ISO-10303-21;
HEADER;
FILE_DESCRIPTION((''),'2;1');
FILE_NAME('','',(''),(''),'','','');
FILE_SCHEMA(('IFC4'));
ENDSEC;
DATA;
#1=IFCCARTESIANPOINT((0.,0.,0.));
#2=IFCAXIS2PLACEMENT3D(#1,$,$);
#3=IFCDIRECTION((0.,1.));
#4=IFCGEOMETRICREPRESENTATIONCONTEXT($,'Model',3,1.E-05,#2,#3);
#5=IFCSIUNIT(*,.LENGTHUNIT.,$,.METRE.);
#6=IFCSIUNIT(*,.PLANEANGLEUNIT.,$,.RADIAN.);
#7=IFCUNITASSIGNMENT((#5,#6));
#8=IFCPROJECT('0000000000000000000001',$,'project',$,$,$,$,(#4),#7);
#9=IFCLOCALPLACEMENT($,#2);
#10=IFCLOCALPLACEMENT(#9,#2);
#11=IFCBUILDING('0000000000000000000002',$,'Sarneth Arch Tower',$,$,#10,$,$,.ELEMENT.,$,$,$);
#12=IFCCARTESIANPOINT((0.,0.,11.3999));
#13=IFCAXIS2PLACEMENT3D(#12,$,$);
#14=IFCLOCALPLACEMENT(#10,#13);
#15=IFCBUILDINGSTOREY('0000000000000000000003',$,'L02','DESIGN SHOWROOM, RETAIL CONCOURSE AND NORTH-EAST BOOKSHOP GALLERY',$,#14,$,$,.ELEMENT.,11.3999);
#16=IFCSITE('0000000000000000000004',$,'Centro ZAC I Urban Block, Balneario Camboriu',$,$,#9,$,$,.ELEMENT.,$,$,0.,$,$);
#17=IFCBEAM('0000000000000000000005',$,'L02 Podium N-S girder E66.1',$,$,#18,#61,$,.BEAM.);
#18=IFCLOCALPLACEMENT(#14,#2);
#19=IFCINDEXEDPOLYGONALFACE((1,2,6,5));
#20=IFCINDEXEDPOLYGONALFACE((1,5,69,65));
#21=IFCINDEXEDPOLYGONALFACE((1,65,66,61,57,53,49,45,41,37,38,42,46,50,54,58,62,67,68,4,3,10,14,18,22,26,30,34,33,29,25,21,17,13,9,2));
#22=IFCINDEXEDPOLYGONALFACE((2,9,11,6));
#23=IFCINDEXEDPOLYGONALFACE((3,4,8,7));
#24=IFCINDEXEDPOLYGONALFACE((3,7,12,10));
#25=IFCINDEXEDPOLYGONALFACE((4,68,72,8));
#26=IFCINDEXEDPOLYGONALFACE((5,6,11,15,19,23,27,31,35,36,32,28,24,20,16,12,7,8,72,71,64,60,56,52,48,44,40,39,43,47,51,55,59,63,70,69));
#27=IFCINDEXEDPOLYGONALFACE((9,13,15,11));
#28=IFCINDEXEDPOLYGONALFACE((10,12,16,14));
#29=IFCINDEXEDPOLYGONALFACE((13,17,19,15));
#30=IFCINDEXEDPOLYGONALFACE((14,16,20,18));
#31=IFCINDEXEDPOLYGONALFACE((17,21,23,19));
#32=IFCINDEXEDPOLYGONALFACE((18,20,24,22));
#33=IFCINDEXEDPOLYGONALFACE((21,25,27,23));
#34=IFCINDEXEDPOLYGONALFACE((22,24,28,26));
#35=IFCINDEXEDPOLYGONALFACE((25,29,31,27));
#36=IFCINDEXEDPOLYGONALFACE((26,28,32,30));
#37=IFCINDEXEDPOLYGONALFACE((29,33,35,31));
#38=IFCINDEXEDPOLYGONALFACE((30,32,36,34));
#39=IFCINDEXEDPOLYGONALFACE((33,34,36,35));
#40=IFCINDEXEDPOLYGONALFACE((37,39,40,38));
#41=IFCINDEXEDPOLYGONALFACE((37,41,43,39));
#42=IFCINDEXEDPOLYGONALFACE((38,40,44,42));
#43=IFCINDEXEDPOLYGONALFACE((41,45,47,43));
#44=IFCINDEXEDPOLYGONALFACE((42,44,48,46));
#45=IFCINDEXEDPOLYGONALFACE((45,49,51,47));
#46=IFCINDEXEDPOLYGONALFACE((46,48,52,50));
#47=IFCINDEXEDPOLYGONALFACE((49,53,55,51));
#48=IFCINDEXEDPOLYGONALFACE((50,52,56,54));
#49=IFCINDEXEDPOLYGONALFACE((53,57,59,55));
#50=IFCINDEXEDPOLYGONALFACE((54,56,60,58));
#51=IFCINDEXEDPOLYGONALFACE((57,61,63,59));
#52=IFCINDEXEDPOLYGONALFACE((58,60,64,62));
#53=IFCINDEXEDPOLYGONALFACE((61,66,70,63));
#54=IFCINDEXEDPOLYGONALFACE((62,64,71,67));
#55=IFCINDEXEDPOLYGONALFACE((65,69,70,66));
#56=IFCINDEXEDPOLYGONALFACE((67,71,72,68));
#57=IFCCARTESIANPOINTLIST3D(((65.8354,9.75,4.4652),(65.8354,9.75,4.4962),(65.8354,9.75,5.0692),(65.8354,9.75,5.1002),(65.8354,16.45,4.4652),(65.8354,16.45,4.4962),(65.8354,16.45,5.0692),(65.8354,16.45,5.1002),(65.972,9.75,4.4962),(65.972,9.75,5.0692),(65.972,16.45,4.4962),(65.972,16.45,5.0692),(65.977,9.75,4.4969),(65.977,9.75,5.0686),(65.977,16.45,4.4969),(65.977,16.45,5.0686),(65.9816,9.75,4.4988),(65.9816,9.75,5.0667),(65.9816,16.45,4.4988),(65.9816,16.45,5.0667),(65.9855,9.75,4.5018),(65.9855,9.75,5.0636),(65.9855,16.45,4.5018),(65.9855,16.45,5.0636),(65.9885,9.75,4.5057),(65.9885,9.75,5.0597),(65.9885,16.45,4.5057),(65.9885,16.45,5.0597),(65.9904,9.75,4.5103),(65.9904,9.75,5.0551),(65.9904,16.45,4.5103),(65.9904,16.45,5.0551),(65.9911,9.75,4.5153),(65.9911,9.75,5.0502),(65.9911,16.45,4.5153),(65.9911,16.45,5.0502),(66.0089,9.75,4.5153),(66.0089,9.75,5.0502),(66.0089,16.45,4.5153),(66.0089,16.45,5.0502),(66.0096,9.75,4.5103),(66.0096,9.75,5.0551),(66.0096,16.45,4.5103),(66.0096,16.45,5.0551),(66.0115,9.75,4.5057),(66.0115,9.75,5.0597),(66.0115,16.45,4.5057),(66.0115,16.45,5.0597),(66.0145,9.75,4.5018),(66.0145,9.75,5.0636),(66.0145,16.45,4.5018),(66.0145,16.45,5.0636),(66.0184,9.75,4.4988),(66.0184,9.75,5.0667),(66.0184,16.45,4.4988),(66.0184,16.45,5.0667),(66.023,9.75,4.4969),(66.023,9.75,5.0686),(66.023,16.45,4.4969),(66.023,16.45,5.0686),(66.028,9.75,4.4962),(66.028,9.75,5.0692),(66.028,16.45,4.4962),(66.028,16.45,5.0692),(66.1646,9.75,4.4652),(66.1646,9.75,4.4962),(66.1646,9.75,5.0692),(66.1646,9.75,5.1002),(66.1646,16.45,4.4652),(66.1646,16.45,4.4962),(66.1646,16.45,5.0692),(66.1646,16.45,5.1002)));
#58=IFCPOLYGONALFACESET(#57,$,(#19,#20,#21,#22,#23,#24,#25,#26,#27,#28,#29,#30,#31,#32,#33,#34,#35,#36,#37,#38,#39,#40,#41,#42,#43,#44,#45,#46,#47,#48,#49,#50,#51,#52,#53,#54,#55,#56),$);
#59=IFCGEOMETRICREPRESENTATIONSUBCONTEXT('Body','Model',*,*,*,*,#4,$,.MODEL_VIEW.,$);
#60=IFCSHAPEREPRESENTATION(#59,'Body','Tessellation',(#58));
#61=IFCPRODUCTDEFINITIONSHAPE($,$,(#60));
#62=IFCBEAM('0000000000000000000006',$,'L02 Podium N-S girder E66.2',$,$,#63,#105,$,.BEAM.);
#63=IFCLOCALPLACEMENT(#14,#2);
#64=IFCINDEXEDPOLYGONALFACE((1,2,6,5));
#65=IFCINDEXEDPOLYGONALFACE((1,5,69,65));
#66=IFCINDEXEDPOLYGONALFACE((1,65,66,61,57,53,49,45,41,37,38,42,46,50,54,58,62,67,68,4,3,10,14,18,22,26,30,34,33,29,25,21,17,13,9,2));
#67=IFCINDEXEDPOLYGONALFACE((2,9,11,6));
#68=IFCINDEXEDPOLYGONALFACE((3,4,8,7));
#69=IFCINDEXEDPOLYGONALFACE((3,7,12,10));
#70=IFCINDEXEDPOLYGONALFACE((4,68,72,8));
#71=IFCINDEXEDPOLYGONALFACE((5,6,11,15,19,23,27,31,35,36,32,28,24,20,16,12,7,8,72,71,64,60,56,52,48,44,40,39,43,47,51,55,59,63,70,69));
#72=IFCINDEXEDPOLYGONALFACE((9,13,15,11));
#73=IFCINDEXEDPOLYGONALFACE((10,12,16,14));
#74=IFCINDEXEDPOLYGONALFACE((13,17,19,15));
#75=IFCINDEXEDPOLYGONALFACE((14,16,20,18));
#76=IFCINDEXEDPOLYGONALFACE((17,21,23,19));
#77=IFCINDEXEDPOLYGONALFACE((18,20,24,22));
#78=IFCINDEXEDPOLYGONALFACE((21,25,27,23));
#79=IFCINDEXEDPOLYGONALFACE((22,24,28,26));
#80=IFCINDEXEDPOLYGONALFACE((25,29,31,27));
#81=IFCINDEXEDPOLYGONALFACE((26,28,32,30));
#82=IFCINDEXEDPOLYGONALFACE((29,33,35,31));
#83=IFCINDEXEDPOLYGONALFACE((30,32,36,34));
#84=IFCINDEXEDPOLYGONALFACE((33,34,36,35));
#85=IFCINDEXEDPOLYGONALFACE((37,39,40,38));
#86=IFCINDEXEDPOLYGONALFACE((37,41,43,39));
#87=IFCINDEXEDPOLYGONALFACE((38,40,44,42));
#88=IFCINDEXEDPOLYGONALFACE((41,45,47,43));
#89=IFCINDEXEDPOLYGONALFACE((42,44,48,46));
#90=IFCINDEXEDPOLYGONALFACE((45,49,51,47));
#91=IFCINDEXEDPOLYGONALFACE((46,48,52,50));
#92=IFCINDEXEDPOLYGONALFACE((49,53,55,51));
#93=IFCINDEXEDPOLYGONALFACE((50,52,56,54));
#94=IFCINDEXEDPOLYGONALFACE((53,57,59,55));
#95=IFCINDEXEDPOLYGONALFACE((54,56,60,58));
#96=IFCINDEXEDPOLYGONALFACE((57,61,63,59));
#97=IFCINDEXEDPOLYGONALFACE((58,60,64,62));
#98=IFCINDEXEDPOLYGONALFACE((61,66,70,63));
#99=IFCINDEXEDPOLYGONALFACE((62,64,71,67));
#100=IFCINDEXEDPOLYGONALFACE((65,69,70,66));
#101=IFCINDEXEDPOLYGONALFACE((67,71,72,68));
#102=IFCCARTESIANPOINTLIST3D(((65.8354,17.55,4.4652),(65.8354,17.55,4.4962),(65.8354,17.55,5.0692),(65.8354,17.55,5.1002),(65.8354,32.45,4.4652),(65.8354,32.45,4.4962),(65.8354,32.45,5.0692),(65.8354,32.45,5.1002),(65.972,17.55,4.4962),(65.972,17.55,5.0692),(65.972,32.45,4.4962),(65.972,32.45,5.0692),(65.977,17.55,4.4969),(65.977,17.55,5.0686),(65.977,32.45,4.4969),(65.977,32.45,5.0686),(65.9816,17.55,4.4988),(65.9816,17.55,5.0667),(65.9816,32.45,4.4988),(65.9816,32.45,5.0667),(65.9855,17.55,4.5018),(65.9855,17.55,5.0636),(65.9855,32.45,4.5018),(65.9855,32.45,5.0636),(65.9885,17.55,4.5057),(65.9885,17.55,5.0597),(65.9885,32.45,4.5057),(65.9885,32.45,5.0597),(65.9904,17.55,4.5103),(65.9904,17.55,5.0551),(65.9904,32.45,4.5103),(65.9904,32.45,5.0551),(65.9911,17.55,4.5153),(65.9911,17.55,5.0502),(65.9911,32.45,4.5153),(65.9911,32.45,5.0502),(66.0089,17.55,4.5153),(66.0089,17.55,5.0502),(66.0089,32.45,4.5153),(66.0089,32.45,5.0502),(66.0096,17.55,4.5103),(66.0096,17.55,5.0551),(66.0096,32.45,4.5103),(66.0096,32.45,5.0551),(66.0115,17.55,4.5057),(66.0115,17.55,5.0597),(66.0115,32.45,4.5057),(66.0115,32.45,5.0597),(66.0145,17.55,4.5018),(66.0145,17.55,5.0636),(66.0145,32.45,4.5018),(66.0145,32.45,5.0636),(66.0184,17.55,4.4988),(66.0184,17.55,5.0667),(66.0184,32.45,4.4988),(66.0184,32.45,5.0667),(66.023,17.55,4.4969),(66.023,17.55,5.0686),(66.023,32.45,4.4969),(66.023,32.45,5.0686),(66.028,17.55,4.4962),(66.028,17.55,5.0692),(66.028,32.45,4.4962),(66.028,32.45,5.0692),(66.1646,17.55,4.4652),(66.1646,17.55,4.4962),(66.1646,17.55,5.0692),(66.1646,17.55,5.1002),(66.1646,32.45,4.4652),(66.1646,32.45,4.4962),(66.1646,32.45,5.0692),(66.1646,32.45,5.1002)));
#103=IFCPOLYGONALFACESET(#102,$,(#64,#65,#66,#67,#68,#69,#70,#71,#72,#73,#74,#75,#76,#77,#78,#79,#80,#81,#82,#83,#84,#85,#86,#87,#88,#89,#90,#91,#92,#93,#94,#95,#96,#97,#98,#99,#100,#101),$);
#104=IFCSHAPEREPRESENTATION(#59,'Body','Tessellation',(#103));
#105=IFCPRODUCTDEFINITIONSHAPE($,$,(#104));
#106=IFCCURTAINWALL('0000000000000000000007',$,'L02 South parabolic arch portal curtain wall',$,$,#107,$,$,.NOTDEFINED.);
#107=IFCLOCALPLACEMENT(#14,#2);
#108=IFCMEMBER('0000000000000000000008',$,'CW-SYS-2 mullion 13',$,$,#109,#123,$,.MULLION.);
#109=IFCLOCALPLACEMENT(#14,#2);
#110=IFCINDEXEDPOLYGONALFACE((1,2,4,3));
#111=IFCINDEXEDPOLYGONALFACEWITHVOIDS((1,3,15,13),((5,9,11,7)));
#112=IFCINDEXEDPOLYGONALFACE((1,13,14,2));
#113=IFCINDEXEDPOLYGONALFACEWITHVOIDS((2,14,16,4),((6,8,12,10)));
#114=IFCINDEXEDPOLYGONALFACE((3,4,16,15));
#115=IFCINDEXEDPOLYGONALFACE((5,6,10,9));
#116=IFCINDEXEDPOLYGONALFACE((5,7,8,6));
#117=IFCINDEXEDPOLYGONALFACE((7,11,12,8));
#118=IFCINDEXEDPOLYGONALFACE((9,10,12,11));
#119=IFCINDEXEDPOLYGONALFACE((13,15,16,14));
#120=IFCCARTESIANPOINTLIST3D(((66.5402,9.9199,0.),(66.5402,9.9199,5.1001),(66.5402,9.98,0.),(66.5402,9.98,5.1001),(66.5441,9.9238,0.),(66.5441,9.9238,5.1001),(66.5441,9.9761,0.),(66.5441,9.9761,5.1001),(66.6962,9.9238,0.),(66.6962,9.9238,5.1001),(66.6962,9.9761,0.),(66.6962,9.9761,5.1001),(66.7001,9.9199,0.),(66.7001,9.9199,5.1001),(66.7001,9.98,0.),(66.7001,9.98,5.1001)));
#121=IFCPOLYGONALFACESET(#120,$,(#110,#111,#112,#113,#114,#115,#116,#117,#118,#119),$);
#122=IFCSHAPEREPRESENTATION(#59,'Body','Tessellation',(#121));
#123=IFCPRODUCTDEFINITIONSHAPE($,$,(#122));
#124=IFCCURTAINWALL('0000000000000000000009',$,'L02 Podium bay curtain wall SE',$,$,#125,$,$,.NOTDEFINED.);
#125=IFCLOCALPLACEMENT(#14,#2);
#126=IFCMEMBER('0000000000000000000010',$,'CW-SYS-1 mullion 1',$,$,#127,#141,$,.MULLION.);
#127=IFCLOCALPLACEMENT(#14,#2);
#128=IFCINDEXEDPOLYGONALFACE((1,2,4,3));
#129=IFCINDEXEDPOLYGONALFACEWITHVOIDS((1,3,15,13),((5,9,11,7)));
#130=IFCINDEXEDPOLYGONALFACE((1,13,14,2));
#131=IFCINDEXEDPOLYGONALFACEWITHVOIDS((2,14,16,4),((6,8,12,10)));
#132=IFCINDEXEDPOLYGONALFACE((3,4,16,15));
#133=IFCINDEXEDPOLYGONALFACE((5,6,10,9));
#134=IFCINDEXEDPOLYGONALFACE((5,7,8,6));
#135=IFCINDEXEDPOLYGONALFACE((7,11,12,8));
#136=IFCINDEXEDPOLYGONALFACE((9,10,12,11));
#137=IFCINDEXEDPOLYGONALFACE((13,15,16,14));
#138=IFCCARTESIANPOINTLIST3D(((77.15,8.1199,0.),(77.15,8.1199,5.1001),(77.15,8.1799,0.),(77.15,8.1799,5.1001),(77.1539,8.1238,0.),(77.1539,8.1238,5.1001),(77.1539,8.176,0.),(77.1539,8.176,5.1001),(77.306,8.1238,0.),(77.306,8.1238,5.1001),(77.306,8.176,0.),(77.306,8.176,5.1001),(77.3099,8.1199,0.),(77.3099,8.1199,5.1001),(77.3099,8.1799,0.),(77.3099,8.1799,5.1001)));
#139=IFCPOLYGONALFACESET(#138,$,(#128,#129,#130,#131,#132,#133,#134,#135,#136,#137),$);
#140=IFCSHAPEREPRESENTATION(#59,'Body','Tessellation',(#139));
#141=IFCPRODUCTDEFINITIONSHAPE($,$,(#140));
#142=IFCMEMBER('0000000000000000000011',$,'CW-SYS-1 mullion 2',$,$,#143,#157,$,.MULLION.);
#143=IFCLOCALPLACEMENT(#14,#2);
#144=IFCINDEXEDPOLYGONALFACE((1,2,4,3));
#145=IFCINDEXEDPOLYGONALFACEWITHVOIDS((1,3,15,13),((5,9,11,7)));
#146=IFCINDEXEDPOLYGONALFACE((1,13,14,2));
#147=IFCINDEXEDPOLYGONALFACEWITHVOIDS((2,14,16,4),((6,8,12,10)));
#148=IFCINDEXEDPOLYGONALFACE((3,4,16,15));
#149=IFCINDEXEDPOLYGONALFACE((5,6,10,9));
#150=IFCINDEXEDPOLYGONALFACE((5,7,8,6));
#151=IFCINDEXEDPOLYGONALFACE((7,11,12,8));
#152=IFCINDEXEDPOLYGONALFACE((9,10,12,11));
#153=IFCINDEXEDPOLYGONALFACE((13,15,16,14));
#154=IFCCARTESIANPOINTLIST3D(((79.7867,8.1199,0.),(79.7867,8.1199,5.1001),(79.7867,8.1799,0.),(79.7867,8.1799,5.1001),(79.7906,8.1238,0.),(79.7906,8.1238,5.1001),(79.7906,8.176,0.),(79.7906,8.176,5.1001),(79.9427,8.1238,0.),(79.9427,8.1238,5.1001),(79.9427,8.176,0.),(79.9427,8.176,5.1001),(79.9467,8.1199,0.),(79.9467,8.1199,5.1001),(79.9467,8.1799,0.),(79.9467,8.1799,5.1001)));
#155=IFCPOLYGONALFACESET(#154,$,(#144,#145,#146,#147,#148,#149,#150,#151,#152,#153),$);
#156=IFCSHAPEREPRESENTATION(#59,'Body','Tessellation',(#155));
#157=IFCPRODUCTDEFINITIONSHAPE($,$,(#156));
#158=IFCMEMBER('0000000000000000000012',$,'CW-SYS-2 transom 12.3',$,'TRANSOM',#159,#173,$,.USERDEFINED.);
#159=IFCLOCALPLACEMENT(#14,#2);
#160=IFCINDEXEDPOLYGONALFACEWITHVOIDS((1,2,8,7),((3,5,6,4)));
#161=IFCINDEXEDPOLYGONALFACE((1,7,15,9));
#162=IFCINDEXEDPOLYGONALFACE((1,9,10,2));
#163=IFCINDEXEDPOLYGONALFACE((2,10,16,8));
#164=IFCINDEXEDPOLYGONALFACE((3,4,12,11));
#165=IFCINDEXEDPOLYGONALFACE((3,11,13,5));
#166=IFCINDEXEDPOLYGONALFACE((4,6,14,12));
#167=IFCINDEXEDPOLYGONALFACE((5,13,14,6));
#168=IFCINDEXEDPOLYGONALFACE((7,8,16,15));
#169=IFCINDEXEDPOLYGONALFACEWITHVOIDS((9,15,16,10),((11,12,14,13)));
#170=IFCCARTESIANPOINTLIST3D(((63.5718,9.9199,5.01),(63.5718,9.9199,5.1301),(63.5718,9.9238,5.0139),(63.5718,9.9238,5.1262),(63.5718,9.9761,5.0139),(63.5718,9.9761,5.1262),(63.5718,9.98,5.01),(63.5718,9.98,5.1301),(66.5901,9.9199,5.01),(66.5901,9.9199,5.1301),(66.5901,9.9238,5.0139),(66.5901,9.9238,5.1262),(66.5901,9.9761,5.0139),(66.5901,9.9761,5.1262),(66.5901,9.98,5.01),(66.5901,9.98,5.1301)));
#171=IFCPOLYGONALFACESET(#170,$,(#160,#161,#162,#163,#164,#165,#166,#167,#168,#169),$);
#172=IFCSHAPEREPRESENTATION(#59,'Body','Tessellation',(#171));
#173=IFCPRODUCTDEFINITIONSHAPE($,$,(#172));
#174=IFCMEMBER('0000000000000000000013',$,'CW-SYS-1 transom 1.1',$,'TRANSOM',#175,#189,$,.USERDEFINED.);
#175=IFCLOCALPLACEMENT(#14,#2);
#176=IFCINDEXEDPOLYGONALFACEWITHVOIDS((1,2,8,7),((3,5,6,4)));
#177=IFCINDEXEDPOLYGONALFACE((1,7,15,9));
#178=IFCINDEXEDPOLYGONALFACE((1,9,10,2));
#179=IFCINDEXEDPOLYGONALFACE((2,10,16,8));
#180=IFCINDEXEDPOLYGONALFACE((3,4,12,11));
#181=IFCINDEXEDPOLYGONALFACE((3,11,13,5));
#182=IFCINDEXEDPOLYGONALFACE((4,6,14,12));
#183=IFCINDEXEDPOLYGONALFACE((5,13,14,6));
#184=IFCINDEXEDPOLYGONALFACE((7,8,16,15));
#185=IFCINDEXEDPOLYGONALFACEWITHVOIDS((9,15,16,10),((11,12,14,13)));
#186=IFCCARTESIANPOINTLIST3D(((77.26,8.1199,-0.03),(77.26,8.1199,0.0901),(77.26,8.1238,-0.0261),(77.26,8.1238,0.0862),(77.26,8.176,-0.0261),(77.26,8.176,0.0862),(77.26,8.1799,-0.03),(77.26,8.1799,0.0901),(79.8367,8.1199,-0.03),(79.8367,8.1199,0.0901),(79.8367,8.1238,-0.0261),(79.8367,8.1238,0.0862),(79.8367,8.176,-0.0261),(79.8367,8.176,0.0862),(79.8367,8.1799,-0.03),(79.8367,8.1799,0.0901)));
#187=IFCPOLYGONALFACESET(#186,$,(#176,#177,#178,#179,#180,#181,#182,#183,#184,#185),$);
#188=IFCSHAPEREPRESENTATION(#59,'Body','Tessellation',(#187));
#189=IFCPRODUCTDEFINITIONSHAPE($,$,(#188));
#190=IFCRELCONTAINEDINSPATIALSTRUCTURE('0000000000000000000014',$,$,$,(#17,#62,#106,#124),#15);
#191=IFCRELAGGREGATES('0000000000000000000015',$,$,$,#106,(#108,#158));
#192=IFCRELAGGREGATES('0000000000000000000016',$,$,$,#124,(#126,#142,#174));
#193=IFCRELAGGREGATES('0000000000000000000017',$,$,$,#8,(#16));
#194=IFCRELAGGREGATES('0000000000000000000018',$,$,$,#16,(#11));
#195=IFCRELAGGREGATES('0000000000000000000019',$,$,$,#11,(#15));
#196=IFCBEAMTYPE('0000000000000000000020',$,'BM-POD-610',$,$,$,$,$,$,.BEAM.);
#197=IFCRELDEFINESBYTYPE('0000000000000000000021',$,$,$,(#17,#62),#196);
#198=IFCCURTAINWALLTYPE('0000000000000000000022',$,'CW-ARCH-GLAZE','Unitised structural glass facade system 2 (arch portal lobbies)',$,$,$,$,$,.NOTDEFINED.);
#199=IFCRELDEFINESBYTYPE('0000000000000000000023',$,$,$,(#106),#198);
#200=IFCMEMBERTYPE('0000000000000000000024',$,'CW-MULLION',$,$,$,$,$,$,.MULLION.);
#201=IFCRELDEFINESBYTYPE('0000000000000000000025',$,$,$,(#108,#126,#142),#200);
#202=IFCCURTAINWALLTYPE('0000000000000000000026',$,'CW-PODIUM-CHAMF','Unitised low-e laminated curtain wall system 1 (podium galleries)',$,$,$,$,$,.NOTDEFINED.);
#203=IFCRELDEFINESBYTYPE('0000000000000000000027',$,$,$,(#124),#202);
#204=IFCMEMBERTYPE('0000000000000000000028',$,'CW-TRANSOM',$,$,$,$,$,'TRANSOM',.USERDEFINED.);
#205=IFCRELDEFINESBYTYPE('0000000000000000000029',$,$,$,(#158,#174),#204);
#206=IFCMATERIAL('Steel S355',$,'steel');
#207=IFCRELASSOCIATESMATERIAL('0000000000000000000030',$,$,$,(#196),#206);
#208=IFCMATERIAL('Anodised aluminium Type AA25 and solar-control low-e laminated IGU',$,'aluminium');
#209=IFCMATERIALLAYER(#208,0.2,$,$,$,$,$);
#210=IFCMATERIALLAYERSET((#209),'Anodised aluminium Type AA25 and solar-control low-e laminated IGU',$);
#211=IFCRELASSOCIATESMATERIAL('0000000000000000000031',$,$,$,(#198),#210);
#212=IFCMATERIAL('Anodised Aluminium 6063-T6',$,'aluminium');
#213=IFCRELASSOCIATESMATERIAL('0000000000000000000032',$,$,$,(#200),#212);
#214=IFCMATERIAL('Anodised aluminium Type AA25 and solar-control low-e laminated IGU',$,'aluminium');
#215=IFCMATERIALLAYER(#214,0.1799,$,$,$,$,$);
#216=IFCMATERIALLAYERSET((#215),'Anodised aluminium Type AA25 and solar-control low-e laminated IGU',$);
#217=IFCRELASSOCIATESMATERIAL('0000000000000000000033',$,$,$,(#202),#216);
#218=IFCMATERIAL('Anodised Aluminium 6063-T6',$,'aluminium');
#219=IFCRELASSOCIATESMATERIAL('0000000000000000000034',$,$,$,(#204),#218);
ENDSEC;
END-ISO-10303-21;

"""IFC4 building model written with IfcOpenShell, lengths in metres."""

from ifc_helpers import new_model, si_unit, direction, frame, origin, origin_2d, place, context, subcontext, project, spatial, hollow_rectangle, i_section, extrude, material, layer, layer_set, material_profile, profile_set, type_object, element, aggregate, save


model = new_model("IFC4")

# Units and contexts
model_context = context("Model", 3, precision=1e-05, world=origin(), true_north=direction((0.0, 1.0)))
body_context = subcontext(model_context, "Body", "Model", "MODEL_VIEW")
ifc_project = project(units=[si_unit("LENGTHUNIT", "METRE"), si_unit("PLANEANGLEUNIT", "RADIAN")], contexts=[model_context])

# Site, building, storey
site_placement = place(None, origin())
site = spatial("IfcSite", under=ifc_project, at=site_placement, Name="Centro ZAC I Urban Block, Balneario Camboriu", CompositionType="ELEMENT", RefElevation=0.0)
building_placement = place(site_placement, origin())
building = spatial("IfcBuilding", under=site, at=building_placement, Name="Sarneth Arch Tower", CompositionType="ELEMENT")
storey_placement = place(building_placement, frame((0.0, 0.0, 11.3999)))
storey = spatial("IfcBuildingStorey", under=building, at=storey_placement, Name="L02", Description="DESIGN SHOWROOM, RETAIL CONCOURSE AND NORTH-EAST BOOKSHOP GALLERY", CompositionType="ELEMENT", Elevation=11.3999)

# Beams
ifc_material_1 = material(Name="Steel S355", Category="steel")
ifc_material_profile_1 = material_profile(ifc_material_1, i_section(OverallWidth=0.3291, OverallDepth=0.635, WebThickness=0.0178, FlangeThickness=0.031, FilletRadius=0.019, at=origin_2d()), Name="W610x241")
ifc_profile_set_1 = profile_set([ifc_material_profile_1], Name="Steel S355")
beam_type = type_object("IfcBeamType", Name="BM-POD-610", PredefinedType="BEAM", material=ifc_profile_set_1)
beam_1_placement = place(storey_placement, frame((66.0, 9.75, 4.7827), z_axis=(0.0, 1.0, 0.0), x_axis=(-1.0, 0.0, 0.0)))
element("IfcBeam", 1, at=beam_1_placement, inside=storey, type_object=beam_type, Name="L02 Podium N-S girder E66.1", PredefinedType="BEAM", context=body_context, shape_type="SweptSolid", body=[
    extrude(i_section(OverallWidth=0.3291, OverallDepth=0.635, WebThickness=0.0178, FlangeThickness=0.031, FilletRadius=0.019, at=origin_2d()), origin(), (0.0, 0.0, 1.0), 6.7),
])
beam_2_placement = place(storey_placement, frame((66.0, 17.55, 4.7827), z_axis=(0.0, 1.0, 0.0), x_axis=(-1.0, 0.0, 0.0)))
element("IfcBeam", 2, at=beam_2_placement, inside=storey, type_object=beam_type, Name="L02 Podium N-S girder E66.2", PredefinedType="BEAM", context=body_context, shape_type="SweptSolid", body=[
    extrude(i_section(OverallWidth=0.3291, OverallDepth=0.635, WebThickness=0.0178, FlangeThickness=0.031, FilletRadius=0.019, at=origin_2d()), origin(), (0.0, 0.0, 1.0), 14.8999),
])

# Curtain wall, member
ifc_material_2 = material(Name="Anodised aluminium Type AA25 and solar-control low-e laminated IGU", Category="aluminium")
ifc_layer_1 = layer(ifc_material_2, 0.2)
ifc_layer_set_1 = layer_set([ifc_layer_1], Name="Anodised aluminium Type AA25 and solar-control low-e laminated IGU")
curtain_wall_type_1 = type_object("IfcCurtainWallType", Name="CW-ARCH-GLAZE", Description="Unitised structural glass facade system 2 (arch portal lobbies)", PredefinedType="NOTDEFINED", material=ifc_layer_set_1)
curtain_wall_1_placement = place(storey_placement, origin())
curtain_wall_1 = element("IfcCurtainWall", 3, at=curtain_wall_1_placement, inside=storey, type_object=curtain_wall_type_1, Name="L02 South parabolic arch portal curtain wall", PredefinedType="NOTDEFINED")
ifc_material_3 = material(Name="Anodised Aluminium 6063-T6", Category="aluminium")
ifc_material_profile_2 = material_profile(ifc_material_3, hollow_rectangle(XDim=0.0601, YDim=0.1599, WallThickness=0.0039, at=origin_2d()), Name="AL-MULL-160x60x4")
ifc_profile_set_2 = profile_set([ifc_material_profile_2], Name="Anodised Aluminium 6063-T6")
member_type_1 = type_object("IfcMemberType", Name="CW-MULLION", PredefinedType="MULLION", material=ifc_profile_set_2)
member_1_placement = place(storey_placement, frame((66.6201, 9.95, 0.0), z_axis=(0.0, 0.0, 1.0), x_axis=(0.0, 1.0, 0.0)))
member_1 = element("IfcMember", 4, at=member_1_placement, type_object=member_type_1, Name="CW-SYS-2 mullion 13", PredefinedType="MULLION", context=body_context, shape_type="SweptSolid", body=[
    extrude(hollow_rectangle(XDim=0.0601, YDim=0.1599, WallThickness=0.0039, at=origin_2d()), origin(), (0.0, 0.0, 1.0), 5.1001),
])

# Curtain wall, members
ifc_material_4 = material(Name="Anodised aluminium Type AA25 and solar-control low-e laminated IGU", Category="aluminium")
ifc_layer_2 = layer(ifc_material_4, 0.1799)
ifc_layer_set_2 = layer_set([ifc_layer_2], Name="Anodised aluminium Type AA25 and solar-control low-e laminated IGU")
curtain_wall_type_2 = type_object("IfcCurtainWallType", Name="CW-PODIUM-CHAMF", Description="Unitised low-e laminated curtain wall system 1 (podium galleries)", PredefinedType="NOTDEFINED", material=ifc_layer_set_2)
curtain_wall_2_placement = place(storey_placement, origin())
curtain_wall_2 = element("IfcCurtainWall", 5, at=curtain_wall_2_placement, inside=storey, type_object=curtain_wall_type_2, Name="L02 Podium bay curtain wall SE", PredefinedType="NOTDEFINED")
member_2_placement = place(storey_placement, frame((77.23, 8.1499, 0.0), z_axis=(0.0, 0.0, 1.0), x_axis=(0.0, 1.0, 0.0)))
member_2 = element("IfcMember", 6, at=member_2_placement, type_object=member_type_1, Name="CW-SYS-1 mullion 1", PredefinedType="MULLION", context=body_context, shape_type="SweptSolid", body=[
    extrude(hollow_rectangle(XDim=0.0601, YDim=0.1599, WallThickness=0.0039, at=origin_2d()), origin(), (0.0, 0.0, 1.0), 5.1001),
])
member_3_placement = place(storey_placement, frame((79.8667, 8.1499, 0.0), z_axis=(0.0, 0.0, 1.0), x_axis=(0.0, 1.0, 0.0)))
member_3 = element("IfcMember", 7, at=member_3_placement, type_object=member_type_1, Name="CW-SYS-1 mullion 2", PredefinedType="MULLION", context=body_context, shape_type="SweptSolid", body=[
    extrude(hollow_rectangle(XDim=0.0601, YDim=0.1599, WallThickness=0.0039, at=origin_2d()), origin(), (0.0, 0.0, 1.0), 5.1001),
])

# Members
ifc_material_5 = material(Name="Anodised Aluminium 6063-T6", Category="aluminium")
ifc_material_profile_3 = material_profile(ifc_material_5, hollow_rectangle(XDim=0.0601, YDim=0.1201, WallThickness=0.0039, at=origin_2d()), Name="AL-TRAN-120x60x4")
ifc_profile_set_3 = profile_set([ifc_material_profile_3], Name="Anodised Aluminium 6063-T6")
member_type_2 = type_object("IfcMemberType", Name="CW-TRANSOM", ElementType="TRANSOM", PredefinedType="USERDEFINED", material=ifc_profile_set_3)
member_4_placement = place(storey_placement, frame((63.5718, 9.95, 5.0701), z_axis=(1.0, 0.0, 0.0), x_axis=(0.0, 1.0, 0.0)))
member_4 = element("IfcMember", 8, at=member_4_placement, type_object=member_type_2, Name="CW-SYS-2 transom 12.3", ObjectType="TRANSOM", PredefinedType="USERDEFINED", context=body_context, shape_type="SweptSolid", body=[
    extrude(hollow_rectangle(XDim=0.0601, YDim=0.1201, WallThickness=0.0039, at=origin_2d()), origin(), (0.0, 0.0, 1.0), 3.0183),
])
member_5_placement = place(storey_placement, frame((77.26, 8.1499, 0.03), z_axis=(1.0, 0.0, 0.0), x_axis=(0.0, 1.0, 0.0)))
member_5 = element("IfcMember", 9, at=member_5_placement, type_object=member_type_2, Name="CW-SYS-1 transom 1.1", ObjectType="TRANSOM", PredefinedType="USERDEFINED", context=body_context, shape_type="SweptSolid", body=[
    extrude(hollow_rectangle(XDim=0.0601, YDim=0.1201, WallThickness=0.0039, at=origin_2d()), origin(), (0.0, 0.0, 1.0), 2.5767),
])

aggregate(curtain_wall_1, [member_1, member_4])
aggregate(curtain_wall_2, [member_2, member_3, member_5])

save(model, "model.ifc")
